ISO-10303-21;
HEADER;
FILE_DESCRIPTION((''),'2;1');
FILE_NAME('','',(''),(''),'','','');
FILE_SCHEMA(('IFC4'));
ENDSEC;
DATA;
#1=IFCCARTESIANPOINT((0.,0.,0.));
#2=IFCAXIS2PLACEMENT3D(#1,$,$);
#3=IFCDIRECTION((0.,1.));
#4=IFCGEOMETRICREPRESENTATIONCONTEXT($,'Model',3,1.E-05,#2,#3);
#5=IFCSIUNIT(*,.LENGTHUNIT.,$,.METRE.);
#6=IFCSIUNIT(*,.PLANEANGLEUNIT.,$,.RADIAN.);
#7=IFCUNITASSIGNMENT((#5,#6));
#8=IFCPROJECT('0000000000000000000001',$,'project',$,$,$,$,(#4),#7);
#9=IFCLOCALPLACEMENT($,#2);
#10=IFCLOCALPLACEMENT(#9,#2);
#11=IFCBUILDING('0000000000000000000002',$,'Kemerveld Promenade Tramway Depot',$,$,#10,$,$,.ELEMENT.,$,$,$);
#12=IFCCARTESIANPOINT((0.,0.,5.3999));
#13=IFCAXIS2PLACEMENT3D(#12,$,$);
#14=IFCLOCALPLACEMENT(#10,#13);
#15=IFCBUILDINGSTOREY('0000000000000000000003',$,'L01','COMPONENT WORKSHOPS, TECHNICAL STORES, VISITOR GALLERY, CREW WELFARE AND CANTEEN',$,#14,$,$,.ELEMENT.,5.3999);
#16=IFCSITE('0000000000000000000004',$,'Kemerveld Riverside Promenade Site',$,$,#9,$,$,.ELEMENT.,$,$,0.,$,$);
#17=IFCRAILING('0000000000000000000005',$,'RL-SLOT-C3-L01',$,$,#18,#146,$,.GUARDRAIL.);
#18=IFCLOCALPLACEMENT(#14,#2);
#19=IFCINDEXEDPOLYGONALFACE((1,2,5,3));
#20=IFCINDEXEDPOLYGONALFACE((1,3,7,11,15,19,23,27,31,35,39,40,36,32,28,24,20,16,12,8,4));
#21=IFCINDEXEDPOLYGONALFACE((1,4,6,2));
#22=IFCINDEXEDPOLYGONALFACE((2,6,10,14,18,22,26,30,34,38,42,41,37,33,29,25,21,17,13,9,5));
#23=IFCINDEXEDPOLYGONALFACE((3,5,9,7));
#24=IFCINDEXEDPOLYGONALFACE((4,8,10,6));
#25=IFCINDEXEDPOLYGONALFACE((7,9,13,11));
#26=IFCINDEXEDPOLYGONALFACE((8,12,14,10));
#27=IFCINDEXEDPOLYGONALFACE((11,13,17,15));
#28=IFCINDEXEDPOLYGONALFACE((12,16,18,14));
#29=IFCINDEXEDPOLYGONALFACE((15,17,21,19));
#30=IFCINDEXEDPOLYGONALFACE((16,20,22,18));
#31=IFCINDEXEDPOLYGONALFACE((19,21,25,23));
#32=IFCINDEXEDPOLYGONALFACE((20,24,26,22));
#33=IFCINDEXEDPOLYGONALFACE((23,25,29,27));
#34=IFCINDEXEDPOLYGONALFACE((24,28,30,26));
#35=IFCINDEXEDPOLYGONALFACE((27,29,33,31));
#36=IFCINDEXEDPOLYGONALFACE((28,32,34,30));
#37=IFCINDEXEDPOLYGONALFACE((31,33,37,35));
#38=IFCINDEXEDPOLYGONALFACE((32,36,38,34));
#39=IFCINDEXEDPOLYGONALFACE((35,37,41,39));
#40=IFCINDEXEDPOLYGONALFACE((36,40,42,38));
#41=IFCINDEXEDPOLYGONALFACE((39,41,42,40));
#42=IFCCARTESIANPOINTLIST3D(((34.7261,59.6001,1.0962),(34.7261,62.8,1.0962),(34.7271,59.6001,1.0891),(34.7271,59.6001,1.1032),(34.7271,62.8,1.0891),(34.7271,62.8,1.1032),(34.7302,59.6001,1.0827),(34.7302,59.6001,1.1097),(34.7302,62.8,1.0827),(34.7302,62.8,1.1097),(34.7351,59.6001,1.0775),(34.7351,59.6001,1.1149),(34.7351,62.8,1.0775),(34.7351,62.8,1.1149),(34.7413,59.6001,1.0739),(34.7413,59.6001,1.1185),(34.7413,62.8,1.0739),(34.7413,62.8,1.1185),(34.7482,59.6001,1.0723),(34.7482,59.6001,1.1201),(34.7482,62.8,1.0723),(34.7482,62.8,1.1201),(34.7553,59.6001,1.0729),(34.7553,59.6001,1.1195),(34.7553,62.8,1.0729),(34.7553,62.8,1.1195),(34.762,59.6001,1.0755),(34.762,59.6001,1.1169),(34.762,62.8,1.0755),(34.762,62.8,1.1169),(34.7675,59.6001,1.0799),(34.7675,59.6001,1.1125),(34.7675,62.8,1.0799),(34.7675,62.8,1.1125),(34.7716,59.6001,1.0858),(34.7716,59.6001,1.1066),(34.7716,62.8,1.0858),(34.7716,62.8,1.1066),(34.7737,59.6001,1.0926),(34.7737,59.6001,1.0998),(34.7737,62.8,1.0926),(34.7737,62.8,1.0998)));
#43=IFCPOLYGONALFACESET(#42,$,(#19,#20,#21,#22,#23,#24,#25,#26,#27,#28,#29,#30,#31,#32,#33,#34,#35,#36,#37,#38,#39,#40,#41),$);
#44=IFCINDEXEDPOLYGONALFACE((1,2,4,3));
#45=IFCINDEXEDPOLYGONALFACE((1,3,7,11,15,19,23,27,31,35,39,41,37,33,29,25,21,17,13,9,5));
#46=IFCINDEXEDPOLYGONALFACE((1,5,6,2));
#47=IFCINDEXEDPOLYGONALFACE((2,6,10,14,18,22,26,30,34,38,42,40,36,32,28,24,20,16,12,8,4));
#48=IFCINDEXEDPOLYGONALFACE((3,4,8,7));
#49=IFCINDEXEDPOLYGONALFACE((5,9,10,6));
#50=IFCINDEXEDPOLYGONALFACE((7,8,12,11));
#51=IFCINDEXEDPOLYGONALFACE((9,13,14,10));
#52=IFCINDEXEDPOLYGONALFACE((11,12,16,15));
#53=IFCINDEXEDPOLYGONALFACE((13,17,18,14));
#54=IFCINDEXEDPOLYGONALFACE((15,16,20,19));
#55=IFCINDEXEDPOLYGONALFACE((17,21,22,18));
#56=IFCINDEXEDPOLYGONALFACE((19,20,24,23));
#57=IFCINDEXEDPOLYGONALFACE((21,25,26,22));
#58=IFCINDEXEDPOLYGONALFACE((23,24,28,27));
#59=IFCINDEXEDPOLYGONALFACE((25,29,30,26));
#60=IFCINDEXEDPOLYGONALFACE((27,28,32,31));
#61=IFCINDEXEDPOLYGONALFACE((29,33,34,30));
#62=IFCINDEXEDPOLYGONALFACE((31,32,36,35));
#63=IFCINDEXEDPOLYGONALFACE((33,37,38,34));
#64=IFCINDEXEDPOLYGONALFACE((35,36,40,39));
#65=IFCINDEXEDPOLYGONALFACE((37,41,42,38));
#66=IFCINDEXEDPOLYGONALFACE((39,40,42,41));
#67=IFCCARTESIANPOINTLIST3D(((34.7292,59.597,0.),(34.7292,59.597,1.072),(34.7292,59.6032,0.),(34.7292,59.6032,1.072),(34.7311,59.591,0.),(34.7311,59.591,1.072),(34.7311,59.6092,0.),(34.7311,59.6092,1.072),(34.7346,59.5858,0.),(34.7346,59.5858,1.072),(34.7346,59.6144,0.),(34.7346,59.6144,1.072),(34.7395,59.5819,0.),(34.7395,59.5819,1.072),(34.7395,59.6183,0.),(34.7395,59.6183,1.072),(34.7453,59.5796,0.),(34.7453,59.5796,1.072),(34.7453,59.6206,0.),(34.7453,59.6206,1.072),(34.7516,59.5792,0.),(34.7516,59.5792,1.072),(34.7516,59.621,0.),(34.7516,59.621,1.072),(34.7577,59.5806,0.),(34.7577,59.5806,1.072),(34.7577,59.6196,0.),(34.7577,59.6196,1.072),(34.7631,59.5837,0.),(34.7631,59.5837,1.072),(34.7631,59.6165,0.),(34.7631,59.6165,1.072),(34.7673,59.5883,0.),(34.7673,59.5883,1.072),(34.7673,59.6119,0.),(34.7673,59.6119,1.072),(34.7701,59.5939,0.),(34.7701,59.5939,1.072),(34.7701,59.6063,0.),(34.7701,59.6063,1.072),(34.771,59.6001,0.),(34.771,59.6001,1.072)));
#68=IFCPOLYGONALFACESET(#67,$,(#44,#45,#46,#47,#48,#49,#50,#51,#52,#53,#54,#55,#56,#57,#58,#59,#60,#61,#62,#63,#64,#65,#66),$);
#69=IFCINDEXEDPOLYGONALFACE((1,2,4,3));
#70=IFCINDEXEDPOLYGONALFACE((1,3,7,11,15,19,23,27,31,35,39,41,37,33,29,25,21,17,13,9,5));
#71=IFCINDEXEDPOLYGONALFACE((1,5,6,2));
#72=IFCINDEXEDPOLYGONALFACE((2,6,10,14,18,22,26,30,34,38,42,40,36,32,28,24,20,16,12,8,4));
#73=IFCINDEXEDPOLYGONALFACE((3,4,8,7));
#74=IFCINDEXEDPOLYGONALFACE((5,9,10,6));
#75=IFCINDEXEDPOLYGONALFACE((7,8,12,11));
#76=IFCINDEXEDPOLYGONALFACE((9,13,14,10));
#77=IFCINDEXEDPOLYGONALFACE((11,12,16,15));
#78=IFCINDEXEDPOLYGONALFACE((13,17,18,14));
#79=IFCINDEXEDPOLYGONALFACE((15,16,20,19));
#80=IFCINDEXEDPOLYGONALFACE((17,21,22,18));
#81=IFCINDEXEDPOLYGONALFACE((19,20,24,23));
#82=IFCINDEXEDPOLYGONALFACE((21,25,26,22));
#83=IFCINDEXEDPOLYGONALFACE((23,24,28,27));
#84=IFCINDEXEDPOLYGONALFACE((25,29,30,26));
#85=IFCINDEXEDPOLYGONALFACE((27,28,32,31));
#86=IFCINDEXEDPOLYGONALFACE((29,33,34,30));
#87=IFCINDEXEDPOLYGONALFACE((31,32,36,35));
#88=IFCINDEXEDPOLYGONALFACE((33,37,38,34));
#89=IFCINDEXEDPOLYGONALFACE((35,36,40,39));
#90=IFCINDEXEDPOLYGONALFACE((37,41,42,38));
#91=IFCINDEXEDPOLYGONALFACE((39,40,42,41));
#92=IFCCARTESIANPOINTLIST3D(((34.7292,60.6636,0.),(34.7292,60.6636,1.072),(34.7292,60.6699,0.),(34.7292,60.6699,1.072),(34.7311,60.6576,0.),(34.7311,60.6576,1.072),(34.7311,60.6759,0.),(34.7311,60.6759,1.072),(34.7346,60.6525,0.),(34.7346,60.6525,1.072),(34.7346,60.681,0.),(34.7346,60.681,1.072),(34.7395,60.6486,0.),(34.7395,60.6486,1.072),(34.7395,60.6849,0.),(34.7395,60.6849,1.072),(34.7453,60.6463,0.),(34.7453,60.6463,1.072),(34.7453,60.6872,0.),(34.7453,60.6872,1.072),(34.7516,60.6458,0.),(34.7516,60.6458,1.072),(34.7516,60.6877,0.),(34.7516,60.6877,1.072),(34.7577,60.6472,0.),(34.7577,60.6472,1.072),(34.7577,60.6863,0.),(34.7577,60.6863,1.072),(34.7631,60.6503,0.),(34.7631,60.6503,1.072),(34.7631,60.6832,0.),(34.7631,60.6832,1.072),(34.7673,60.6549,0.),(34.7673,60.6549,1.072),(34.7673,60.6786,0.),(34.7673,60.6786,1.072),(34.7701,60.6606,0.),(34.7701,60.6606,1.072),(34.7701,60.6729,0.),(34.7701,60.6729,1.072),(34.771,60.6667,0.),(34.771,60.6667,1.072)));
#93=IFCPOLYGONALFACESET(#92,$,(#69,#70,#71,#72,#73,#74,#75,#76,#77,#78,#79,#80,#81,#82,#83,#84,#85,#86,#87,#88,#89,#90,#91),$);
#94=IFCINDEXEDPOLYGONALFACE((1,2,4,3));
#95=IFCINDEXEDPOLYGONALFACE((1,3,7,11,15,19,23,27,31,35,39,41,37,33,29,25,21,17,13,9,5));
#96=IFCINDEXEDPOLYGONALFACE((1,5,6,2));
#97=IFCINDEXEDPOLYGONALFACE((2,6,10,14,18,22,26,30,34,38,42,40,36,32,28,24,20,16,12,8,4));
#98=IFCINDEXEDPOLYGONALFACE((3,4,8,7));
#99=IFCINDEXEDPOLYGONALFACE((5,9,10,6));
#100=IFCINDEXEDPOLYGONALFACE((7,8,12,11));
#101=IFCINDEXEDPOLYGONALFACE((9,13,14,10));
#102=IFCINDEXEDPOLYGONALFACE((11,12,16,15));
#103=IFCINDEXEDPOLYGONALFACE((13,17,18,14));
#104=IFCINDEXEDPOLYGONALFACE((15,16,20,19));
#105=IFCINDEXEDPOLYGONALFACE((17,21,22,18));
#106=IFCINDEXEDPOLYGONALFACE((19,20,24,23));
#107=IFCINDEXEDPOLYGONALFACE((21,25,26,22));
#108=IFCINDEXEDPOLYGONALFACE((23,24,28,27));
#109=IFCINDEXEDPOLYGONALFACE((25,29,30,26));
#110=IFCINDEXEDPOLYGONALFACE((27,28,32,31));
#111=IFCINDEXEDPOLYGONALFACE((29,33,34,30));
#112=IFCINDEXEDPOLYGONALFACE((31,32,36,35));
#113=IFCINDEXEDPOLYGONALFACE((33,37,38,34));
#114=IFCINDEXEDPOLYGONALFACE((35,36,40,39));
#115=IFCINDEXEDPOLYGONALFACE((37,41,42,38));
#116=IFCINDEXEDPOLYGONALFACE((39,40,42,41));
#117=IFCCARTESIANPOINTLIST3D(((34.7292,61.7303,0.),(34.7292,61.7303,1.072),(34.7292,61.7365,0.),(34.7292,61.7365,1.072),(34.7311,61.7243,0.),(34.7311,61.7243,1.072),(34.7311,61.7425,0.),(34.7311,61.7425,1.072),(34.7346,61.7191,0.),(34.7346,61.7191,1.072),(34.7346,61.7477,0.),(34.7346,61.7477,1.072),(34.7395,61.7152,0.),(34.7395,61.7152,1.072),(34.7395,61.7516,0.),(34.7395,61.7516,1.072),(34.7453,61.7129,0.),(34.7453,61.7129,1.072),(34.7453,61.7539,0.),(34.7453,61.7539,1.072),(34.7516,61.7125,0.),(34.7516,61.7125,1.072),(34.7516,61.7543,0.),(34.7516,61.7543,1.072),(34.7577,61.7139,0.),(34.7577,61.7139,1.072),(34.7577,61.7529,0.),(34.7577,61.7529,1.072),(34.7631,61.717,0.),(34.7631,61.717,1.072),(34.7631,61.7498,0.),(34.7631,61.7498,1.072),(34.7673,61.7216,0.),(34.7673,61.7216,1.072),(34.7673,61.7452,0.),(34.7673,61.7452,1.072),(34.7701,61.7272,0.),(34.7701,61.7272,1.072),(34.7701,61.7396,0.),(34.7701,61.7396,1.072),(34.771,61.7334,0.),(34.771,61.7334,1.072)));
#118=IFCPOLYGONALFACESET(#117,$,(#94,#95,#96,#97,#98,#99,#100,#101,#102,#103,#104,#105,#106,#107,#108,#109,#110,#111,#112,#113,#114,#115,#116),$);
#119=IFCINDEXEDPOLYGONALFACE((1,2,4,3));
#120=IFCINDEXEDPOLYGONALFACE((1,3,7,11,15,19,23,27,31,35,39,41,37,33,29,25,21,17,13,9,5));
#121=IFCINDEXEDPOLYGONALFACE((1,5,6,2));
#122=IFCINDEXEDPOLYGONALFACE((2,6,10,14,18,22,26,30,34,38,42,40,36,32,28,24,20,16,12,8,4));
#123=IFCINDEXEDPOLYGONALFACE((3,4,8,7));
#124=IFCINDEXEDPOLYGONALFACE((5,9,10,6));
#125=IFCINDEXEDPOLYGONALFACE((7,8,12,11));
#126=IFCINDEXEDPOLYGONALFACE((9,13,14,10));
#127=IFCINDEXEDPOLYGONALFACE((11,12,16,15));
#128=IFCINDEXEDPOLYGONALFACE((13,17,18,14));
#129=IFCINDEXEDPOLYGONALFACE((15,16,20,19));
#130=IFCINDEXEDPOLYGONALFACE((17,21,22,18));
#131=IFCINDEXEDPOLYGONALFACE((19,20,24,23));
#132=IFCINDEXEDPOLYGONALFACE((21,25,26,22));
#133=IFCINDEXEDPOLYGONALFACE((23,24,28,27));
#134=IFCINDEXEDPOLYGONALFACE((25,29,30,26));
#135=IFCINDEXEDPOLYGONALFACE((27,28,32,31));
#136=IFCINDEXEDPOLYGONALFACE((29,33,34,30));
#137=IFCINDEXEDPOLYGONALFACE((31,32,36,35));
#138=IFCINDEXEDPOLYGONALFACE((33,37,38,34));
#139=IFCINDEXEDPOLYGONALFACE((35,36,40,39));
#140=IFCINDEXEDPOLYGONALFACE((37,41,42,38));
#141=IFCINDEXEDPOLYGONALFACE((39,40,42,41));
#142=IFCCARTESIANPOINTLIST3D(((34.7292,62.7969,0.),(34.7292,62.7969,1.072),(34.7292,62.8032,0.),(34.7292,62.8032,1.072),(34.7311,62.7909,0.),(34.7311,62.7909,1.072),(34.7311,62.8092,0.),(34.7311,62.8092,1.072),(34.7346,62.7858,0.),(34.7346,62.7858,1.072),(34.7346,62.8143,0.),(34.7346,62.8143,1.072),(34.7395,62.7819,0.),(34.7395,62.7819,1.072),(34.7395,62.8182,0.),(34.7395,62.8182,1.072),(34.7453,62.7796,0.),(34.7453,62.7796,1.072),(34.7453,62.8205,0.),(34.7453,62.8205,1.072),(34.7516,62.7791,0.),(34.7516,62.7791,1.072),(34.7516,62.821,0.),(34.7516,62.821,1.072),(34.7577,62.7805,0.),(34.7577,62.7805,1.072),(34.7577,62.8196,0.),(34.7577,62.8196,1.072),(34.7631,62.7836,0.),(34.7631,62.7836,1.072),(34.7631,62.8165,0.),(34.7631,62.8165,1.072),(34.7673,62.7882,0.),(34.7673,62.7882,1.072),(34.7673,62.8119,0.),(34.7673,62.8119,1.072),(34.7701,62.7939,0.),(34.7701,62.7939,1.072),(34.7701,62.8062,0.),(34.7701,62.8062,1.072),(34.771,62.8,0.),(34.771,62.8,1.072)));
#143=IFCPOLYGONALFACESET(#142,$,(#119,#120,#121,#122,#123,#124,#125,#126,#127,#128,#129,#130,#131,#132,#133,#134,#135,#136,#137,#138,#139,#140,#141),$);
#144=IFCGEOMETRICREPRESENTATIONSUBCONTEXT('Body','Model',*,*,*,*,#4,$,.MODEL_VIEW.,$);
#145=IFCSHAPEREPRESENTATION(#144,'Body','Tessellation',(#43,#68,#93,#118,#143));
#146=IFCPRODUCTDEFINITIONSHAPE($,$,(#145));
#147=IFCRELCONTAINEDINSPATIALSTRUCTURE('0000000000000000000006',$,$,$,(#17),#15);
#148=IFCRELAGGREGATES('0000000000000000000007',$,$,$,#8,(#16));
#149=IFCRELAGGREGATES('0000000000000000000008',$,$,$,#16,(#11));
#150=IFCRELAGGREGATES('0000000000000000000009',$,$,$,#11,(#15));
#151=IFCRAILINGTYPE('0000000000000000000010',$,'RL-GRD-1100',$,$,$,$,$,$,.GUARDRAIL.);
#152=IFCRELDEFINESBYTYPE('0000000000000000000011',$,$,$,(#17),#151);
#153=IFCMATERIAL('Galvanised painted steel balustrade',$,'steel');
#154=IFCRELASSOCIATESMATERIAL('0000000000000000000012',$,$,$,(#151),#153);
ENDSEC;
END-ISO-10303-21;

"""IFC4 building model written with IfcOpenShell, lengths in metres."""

from ifc_helpers import new_model, si_unit, direction, frame, origin, origin_2d, place, context, subcontext, project, spatial, circle, extrude, material, type_object, element, save


model = new_model("IFC4")

# Units and contexts
model_context = context("Model", 3, precision=1e-05, world=origin(), true_north=direction((0.0, 1.0)))
body_context = subcontext(model_context, "Body", "Model", "MODEL_VIEW")
ifc_project = project(units=[si_unit("LENGTHUNIT", "METRE"), si_unit("PLANEANGLEUNIT", "RADIAN")], contexts=[model_context])

# Site, building, storey
site_placement = place(None, origin())
site = spatial("IfcSite", under=ifc_project, at=site_placement, Name="Kemerveld Riverside Promenade Site", CompositionType="ELEMENT", RefElevation=0.0)
building_placement = place(site_placement, origin())
building = spatial("IfcBuilding", under=site, at=building_placement, Name="Kemerveld Promenade Tramway Depot", CompositionType="ELEMENT")
storey_placement = place(building_placement, frame((0.0, 0.0, 5.3999)))
storey = spatial("IfcBuildingStorey", under=building, at=storey_placement, Name="L01", Description="COMPONENT WORKSHOPS, TECHNICAL STORES, VISITOR GALLERY, CREW WELFARE AND CANTEEN", CompositionType="ELEMENT", Elevation=5.3999)

# Railing
ifc_material_1 = material(Name="Galvanised painted steel balustrade", Category="steel")
railing_type_1 = type_object("IfcRailingType", Name="RL-GRD-1100", PredefinedType="GUARDRAIL", material=ifc_material_1)
railing_1_placement = place(storey_placement, frame((34.75, 59.6001, 0.0)))
element("IfcRailing", 1, at=railing_1_placement, inside=storey, type_object=railing_type_1, Name="RL-SLOT-C3-L01", PredefinedType="GUARDRAIL", context=body_context, shape_type="SweptSolid", body=[
    extrude(circle(Radius=0.0239, at=origin_2d()), frame((0.0, 0.0, 1.0962), z_axis=(0.0, 1.0, 0.0), x_axis=(-1.0, 0.0, 0.0)), (0.0, 0.0, 1.0), 3.2),
    extrude(circle(Radius=0.021, at=origin_2d()), origin(), (0.0, 0.0, 1.0), 1.072),
    extrude(circle(Radius=0.021, at=origin_2d()), frame((0.0, 1.0667, 0.0)), (0.0, 0.0, 1.0), 1.072),
    extrude(circle(Radius=0.021, at=origin_2d()), frame((0.0, 2.1333, 0.0)), (0.0, 0.0, 1.0), 1.072),
    extrude(circle(Radius=0.021, at=origin_2d()), frame((0.0, 3.2, 0.0)), (0.0, 0.0, 1.0), 1.072),
])

save(model, "model.ifc")
